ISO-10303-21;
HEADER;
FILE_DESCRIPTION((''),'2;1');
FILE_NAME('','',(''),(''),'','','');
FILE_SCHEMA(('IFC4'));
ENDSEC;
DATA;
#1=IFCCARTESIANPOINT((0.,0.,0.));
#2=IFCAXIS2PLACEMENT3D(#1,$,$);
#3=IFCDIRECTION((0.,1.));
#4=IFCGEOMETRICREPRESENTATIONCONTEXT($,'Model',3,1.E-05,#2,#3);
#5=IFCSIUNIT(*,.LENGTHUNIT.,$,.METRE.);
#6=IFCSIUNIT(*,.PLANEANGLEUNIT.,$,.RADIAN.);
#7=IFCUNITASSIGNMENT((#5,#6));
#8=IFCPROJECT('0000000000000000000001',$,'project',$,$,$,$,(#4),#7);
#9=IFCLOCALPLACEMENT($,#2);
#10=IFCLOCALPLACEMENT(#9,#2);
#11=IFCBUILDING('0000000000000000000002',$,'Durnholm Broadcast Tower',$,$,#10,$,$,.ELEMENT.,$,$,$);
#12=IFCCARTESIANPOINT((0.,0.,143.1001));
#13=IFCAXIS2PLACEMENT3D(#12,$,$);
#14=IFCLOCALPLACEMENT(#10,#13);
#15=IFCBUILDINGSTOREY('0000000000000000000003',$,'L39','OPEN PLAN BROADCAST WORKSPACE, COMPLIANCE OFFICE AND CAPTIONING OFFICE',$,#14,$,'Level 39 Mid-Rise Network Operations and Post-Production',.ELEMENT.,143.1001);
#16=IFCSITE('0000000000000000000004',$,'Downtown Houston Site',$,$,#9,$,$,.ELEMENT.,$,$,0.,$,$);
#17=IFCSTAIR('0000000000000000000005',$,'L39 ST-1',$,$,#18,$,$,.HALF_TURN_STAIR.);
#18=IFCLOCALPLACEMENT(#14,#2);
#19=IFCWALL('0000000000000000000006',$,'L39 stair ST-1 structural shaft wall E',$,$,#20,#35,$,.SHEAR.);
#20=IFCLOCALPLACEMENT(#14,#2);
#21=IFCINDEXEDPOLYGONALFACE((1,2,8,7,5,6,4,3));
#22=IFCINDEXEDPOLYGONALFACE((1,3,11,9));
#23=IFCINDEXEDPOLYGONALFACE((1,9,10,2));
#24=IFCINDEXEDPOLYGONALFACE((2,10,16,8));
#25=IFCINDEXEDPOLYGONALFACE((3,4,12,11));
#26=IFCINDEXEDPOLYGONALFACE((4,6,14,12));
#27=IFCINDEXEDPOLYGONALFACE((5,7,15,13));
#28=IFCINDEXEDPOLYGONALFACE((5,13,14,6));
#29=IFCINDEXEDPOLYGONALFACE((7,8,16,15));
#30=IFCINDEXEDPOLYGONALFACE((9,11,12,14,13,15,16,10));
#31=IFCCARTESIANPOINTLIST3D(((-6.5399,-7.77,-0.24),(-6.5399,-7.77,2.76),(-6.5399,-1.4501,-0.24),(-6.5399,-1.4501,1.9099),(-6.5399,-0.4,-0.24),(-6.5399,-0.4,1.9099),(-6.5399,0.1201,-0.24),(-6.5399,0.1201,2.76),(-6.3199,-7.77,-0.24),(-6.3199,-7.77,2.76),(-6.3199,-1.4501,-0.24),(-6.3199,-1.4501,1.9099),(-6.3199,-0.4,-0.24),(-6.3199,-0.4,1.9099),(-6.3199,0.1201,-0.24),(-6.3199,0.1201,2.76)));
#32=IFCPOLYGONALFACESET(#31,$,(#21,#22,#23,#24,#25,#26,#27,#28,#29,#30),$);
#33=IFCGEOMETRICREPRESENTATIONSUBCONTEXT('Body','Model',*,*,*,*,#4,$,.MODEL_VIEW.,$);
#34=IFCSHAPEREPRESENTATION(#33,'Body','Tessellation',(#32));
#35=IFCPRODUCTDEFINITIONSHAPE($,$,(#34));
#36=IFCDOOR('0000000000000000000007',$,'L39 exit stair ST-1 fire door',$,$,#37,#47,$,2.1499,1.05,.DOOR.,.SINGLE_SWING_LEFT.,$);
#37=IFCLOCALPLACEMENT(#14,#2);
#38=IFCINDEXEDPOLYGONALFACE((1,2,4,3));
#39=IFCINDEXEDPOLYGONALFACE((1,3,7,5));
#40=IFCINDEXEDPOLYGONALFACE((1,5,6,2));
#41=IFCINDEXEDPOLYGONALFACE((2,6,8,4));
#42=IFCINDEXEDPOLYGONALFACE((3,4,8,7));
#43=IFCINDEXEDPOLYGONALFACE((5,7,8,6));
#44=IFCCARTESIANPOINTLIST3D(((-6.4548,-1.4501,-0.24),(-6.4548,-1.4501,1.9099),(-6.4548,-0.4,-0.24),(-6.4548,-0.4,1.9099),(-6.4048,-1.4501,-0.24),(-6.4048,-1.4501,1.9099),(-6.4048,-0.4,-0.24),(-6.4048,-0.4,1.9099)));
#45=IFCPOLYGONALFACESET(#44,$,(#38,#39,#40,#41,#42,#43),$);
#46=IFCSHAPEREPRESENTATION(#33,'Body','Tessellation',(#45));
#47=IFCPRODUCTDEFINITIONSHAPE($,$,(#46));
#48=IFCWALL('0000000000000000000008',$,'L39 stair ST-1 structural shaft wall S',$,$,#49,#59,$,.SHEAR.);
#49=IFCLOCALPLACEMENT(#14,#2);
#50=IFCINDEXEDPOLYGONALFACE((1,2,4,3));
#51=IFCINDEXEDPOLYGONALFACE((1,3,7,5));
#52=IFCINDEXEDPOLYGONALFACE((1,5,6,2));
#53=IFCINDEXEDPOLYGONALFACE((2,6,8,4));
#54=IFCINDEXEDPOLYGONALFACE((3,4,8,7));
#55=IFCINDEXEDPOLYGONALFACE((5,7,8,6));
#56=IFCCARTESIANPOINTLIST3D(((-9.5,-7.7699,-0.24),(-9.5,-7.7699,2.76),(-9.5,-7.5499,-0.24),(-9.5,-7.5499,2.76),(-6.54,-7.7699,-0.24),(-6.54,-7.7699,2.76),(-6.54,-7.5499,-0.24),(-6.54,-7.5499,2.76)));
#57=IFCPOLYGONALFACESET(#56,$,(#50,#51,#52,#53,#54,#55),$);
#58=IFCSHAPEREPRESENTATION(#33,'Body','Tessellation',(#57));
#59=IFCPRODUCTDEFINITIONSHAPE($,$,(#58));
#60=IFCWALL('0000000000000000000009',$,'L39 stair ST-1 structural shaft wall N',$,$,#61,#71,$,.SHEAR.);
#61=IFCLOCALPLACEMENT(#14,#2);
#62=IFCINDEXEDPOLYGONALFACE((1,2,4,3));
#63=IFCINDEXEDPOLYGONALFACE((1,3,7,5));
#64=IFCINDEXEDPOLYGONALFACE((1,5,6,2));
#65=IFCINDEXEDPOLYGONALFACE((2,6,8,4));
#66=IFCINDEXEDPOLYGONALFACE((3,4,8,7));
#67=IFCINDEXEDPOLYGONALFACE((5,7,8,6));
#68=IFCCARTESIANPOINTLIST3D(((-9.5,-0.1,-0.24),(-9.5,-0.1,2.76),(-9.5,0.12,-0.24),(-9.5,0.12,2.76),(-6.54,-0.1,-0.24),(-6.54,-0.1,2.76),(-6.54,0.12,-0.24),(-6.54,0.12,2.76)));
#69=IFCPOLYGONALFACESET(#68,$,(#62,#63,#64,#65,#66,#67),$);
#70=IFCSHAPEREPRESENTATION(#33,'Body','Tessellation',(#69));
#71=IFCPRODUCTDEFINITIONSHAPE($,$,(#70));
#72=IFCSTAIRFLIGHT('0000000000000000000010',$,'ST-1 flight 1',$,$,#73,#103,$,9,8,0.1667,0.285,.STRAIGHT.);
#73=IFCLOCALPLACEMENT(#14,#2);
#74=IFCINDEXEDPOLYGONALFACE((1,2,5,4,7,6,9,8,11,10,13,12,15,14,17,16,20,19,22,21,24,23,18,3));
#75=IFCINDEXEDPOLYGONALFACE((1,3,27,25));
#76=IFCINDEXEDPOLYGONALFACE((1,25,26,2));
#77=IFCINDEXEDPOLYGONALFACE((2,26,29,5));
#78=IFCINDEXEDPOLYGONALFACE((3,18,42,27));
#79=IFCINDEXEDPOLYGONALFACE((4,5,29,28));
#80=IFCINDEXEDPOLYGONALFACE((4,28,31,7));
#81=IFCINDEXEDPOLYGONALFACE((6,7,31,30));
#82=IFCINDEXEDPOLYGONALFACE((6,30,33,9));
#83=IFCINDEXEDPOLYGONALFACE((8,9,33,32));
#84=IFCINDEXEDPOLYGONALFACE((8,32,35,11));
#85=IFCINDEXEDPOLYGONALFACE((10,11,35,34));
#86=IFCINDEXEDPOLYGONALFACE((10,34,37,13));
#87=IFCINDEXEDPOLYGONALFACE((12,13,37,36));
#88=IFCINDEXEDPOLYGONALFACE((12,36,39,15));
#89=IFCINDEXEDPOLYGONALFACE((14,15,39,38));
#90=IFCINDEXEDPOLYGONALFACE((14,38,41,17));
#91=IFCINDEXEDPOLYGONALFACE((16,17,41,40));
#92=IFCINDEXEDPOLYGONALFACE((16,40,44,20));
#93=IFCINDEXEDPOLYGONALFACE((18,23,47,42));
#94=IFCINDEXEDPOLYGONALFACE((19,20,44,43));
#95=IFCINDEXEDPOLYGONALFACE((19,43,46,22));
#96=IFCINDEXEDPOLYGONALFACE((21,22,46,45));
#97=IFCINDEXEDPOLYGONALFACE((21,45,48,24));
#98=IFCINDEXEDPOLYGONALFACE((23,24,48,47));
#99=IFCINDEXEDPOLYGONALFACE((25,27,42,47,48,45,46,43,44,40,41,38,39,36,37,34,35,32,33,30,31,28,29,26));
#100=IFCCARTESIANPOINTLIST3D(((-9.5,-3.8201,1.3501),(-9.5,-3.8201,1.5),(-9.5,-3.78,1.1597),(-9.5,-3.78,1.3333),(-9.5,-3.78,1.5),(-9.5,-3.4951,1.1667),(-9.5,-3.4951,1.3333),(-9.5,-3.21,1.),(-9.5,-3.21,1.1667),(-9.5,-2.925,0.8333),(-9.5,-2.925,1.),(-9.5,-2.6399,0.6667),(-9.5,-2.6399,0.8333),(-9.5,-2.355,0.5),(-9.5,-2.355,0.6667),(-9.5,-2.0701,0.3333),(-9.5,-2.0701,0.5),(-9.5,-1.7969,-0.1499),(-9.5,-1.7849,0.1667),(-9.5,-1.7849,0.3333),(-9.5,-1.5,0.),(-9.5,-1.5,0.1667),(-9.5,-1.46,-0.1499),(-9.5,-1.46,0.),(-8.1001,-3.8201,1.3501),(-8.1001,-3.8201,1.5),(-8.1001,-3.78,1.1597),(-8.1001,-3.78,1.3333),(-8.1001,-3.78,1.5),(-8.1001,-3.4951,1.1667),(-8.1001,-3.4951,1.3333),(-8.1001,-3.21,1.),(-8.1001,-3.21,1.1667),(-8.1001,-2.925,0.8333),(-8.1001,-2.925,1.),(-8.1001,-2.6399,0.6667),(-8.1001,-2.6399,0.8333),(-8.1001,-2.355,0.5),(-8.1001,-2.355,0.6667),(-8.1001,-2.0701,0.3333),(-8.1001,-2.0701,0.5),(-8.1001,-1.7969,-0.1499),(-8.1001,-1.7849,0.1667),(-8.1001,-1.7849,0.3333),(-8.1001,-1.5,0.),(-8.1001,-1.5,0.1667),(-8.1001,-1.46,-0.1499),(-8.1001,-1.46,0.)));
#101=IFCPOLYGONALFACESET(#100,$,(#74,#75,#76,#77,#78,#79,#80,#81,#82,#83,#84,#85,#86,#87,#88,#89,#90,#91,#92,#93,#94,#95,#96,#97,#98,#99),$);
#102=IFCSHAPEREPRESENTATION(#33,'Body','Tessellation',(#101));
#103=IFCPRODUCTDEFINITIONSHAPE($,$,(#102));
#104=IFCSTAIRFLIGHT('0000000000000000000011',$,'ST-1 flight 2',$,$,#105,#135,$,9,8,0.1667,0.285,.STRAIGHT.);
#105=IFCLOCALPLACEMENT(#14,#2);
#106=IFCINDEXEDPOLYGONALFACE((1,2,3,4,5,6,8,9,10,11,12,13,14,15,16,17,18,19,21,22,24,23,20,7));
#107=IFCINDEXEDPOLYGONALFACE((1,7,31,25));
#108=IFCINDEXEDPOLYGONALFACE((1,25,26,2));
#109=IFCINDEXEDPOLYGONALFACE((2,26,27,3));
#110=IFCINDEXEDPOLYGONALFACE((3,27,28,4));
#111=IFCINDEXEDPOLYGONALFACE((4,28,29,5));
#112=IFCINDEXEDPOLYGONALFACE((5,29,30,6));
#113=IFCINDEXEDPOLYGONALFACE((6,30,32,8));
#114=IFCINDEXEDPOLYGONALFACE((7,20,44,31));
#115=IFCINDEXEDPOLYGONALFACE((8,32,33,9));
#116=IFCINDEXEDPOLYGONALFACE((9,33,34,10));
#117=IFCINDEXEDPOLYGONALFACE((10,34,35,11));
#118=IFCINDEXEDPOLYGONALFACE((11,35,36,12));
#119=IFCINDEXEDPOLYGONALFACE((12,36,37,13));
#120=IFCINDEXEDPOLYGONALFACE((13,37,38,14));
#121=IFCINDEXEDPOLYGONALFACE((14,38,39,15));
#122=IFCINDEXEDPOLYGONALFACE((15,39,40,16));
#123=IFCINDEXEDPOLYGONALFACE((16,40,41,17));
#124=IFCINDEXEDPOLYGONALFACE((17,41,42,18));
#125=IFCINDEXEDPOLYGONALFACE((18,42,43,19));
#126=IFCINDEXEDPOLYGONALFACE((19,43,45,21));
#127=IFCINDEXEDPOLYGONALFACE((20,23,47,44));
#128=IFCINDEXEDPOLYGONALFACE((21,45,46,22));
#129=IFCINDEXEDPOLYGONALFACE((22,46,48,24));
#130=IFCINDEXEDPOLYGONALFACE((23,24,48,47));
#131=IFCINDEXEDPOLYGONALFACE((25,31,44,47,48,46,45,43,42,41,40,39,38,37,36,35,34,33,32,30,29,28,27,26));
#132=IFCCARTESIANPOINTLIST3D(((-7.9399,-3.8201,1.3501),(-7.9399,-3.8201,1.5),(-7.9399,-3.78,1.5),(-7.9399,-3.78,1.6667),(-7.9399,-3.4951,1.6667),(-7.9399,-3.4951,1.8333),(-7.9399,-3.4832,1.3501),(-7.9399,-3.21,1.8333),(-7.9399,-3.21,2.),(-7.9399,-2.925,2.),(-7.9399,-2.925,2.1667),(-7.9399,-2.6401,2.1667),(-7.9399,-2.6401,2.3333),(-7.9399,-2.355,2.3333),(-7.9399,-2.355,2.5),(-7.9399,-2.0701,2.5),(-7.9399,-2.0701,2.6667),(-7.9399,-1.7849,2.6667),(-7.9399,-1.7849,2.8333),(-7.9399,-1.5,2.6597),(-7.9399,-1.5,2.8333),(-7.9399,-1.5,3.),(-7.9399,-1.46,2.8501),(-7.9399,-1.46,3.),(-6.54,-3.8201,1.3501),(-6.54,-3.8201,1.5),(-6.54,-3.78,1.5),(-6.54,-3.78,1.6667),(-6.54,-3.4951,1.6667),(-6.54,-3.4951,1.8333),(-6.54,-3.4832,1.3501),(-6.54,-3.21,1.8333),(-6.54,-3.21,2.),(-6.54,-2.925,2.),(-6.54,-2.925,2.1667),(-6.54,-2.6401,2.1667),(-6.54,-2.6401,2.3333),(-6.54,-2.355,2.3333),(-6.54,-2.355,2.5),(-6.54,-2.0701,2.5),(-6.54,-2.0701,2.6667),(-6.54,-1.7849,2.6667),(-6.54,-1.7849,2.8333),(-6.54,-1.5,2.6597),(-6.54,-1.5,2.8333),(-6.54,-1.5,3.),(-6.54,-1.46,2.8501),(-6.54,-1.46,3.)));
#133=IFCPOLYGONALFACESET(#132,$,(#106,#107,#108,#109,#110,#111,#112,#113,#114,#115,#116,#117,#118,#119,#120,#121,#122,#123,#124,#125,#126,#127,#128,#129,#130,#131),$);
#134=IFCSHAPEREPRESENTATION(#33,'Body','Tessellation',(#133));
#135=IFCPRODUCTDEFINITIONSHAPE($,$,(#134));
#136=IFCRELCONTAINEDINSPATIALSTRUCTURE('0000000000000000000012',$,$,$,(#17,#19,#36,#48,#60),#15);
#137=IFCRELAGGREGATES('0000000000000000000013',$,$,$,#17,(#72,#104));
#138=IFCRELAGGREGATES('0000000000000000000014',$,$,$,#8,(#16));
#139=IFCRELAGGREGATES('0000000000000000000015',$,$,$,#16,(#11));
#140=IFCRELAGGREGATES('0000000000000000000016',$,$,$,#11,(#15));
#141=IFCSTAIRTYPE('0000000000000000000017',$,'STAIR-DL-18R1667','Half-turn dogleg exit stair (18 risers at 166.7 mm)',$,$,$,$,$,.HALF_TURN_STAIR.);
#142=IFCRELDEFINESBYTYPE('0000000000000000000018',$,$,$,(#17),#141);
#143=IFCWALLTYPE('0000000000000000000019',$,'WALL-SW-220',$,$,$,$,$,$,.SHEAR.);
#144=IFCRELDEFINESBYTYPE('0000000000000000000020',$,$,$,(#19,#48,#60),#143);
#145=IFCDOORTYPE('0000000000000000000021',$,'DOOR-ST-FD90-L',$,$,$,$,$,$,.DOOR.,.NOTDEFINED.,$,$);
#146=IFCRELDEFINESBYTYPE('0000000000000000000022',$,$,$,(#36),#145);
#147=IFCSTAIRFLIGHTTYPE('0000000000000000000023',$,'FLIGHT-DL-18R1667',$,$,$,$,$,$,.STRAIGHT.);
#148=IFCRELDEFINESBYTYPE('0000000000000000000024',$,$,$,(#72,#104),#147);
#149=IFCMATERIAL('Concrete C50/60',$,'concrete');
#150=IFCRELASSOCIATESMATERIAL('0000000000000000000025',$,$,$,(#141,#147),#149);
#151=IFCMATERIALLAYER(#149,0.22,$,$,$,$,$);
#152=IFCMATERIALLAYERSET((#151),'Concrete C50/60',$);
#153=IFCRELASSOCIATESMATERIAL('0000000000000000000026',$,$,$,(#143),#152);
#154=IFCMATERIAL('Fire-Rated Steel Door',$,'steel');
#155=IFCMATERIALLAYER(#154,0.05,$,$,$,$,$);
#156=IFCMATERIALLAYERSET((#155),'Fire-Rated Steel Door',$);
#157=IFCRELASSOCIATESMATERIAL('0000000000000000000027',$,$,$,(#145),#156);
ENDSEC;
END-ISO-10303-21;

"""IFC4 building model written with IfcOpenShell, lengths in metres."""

from ifc_helpers import new_model, si_unit, direction, frame, frame_2d, origin, place, context, subcontext, project, spatial, polyline, rectangle, outline, extrude, source, transform, mapped, material, layer, layer_set, type_object, type_shapes, element, fill, aggregate, save


model = new_model("IFC4")

# Units and contexts
model_context = context("Model", 3, precision=1e-05, world=origin(), true_north=direction((0.0, 1.0)))
body_context = subcontext(model_context, "Body", "Model", "MODEL_VIEW")
ifc_project = project(units=[si_unit("LENGTHUNIT", "METRE"), si_unit("PLANEANGLEUNIT", "RADIAN")], contexts=[model_context])

# Site, building, storey
site_placement = place(None, origin())
site = spatial("IfcSite", under=ifc_project, at=site_placement, Name="Downtown Houston Site", CompositionType="ELEMENT", RefElevation=0.0)
building_placement = place(site_placement, origin())
building = spatial("IfcBuilding", under=site, at=building_placement, Name="Durnholm Broadcast Tower", CompositionType="ELEMENT")
storey_placement = place(building_placement, frame((0.0, 0.0, 143.1001)))
storey = spatial("IfcBuildingStorey", under=building, at=storey_placement, Name="L39", Description="OPEN PLAN BROADCAST WORKSPACE, COMPLIANCE OFFICE AND CAPTIONING OFFICE", LongName="Level 39 Mid-Rise Network Operations and Post-Production", CompositionType="ELEMENT", Elevation=143.1001)

# Shared definitions
ifc_material_1 = material(Name="Concrete C50/60", Category="concrete")

# Stair
stair_type = type_object("IfcStairType", Name="STAIR-DL-18R1667", Description="Half-turn dogleg exit stair (18 risers at 166.7 mm)", PredefinedType="HALF_TURN_STAIR", material=ifc_material_1)
stair_1_placement = place(storey_placement, origin())
stair_1 = element("IfcStair", 1, at=stair_1_placement, inside=storey, type_object=stair_type, Name="L39 ST-1", PredefinedType="HALF_TURN_STAIR")

# Wall, opening, door
ifc_layer_1 = layer(ifc_material_1, 0.22)
ifc_layer_set_1 = layer_set([ifc_layer_1], Name="Concrete C50/60")
wall_type_1 = type_object("IfcWallType", Name="WALL-SW-220", PredefinedType="SHEAR", material=ifc_layer_set_1)
wall_1_placement = place(storey_placement, frame((-6.4299, -7.77, -0.24), z_axis=(0.0, 0.0, 1.0), x_axis=(0.0, 1.0, 0.0)))
wall_1 = element("IfcWall", 2, at=wall_1_placement, inside=storey, type_object=wall_type_1, Name="L39 stair ST-1 structural shaft wall E", PredefinedType="SHEAR", context=body_context, shape_type="SweptSolid", body=[
    extrude(rectangle(XDim=7.8901, YDim=0.22, at=frame_2d((3.9451, 0.0))), origin(), (0.0, 0.0, 1.0), 3.0),
])
opening_1_placement = place(wall_1_placement, frame((6.3201, 0.0, 0.0)))
opening_1 = element("IfcOpeningElement", 3, at=opening_1_placement, cuts=wall_1, PredefinedType="OPENING", context=body_context, shape_type="SweptSolid", body=[
    extrude(rectangle(XDim=1.05, YDim=2.1499, at=frame_2d((0.5249, 1.075))), frame((0.0, 0.1201, 0.0), z_axis=(0.0, -1.0, 0.0), x_axis=(1.0, 0.0, 0.0)), (0.0, 0.0, 1.0), 0.24),
])
ifc_material_2 = material(Name="Fire-Rated Steel Door", Category="steel")
ifc_layer_2 = layer(ifc_material_2, 0.05)
ifc_layer_set_2 = layer_set([ifc_layer_2], Name="Fire-Rated Steel Door")
door_type_1 = type_object("IfcDoorType", Name="DOOR-ST-FD90-L", OperationType="NOTDEFINED", PredefinedType="DOOR", material=ifc_layer_set_2)
shared_shape_1 = source(origin(), body_context, "Body", "SweptSolid", [
    extrude(rectangle(XDim=1.05, YDim=2.1499, at=frame_2d((0.5249, 1.075))), frame((0.0, 0.0249, 0.0), z_axis=(0.0, -1.0, 0.0), x_axis=(1.0, 0.0, 0.0)), (0.0, 0.0, 1.0), 0.05),
])
type_shapes(door_type_1, [shared_shape_1])
door_1_placement = place(opening_1_placement, origin())
door_1 = element("IfcDoor", 4, at=door_1_placement, inside=storey, type_object=door_type_1, Name="L39 exit stair ST-1 fire door", OperationType="SINGLE_SWING_LEFT", OverallHeight=2.1499, OverallWidth=1.05, PredefinedType="DOOR", context=body_context, shape_type="MappedRepresentation", body=[
    mapped(shared_shape_1, transform((0.0, 0.0, 0.0), x_axis=(1.0, 0.0, 0.0), y_axis=(0.0, 1.0, 0.0), z_axis=(0.0, 0.0, 1.0), scale=1.0)),
])
fill(opening_1, door_1)

# Walls
for number, where, z_axis, x_axis, name in (
    (5, (-9.5, -7.6599, -0.24), (0.0, 0.0, 1.0), (1.0, 0.0, 0.0), "L39 stair ST-1 structural shaft wall S"),
    (6, (-6.54, 0.01, -0.24), (0.0, 0.0, 1.0), (-1.0, 0.0, 0.0), "L39 stair ST-1 structural shaft wall N"),
):
    element("IfcWall", number, at=place(storey_placement, frame(where, z_axis=z_axis, x_axis=x_axis)), inside=storey, type_object=wall_type_1, Name=name, PredefinedType="SHEAR", context=body_context, shape_type="SweptSolid", body=[
        extrude(rectangle(XDim=2.96, YDim=0.22, at=frame_2d((1.48, 0.0))), origin(), (0.0, 0.0, 1.0), 3.0),
    ])

# Stair flights
stair_flight_type = type_object("IfcStairFlightType", Name="FLIGHT-DL-18R1667", PredefinedType="STRAIGHT", material=ifc_material_1)
stair_flight_1_placement = place(storey_placement, frame((-8.8, -1.5, 0.0), z_axis=(0.0, 0.0, 1.0), x_axis=(0.0, -1.0, 0.0)))
stair_flight_1 = element("IfcStairFlight", 7, at=stair_flight_1_placement, type_object=stair_flight_type, Name="ST-1 flight 1", NumberOfRisers=9, NumberOfTreads=8, PredefinedType="STRAIGHT", RiserHeight=0.1667, TreadLength=0.285, context=body_context, shape_type="SweptSolid", body=[
    extrude(outline(polyline([(-0.04, -0.1499), (-0.04, 0.0), (0.0, 0.0), (0.0, 0.1667), (0.2849, 0.1667), (0.2849, 0.3333), (0.5701, 0.3333), (0.5701, 0.5), (0.855, 0.5), (0.855, 0.6667), (1.1399, 0.6667), (1.1399, 0.8333), (1.425, 0.8333), (1.425, 1.0), (1.71, 1.0), (1.71, 1.1667), (1.9951, 1.1667), (1.9951, 1.3333), (2.28, 1.3333), (2.28, 1.5), (2.3201, 1.5), (2.3201, 1.3501), (2.28, 1.1597), (0.2969, -0.1499), (-0.04, -0.1499)])), frame((0.0, 0.7, 0.0), z_axis=(0.0, -1.0, 0.0), x_axis=(1.0, 0.0, 0.0)), (0.0, 0.0, 1.0), 1.3999),
])
stair_flight_2_placement = place(storey_placement, frame((-7.24, -3.78, 1.5), z_axis=(0.0, 0.0, 1.0), x_axis=(0.0, 1.0, 0.0)))
stair_flight_2 = element("IfcStairFlight", 8, at=stair_flight_2_placement, type_object=stair_flight_type, Name="ST-1 flight 2", NumberOfRisers=9, NumberOfTreads=8, PredefinedType="STRAIGHT", RiserHeight=0.1667, TreadLength=0.285, context=body_context, shape_type="SweptSolid", body=[
    extrude(outline(polyline([(-0.04, -0.1499), (-0.04, 0.0), (0.0, 0.0), (0.0, 0.1667), (0.2849, 0.1667), (0.2849, 0.3333), (0.5701, 0.3333), (0.5701, 0.5), (0.855, 0.5), (0.855, 0.6667), (1.1399, 0.6667), (1.1399, 0.8333), (1.425, 0.8333), (1.425, 1.0), (1.71, 1.0), (1.71, 1.1667), (1.9951, 1.1667), (1.9951, 1.3333), (2.28, 1.3333), (2.28, 1.5), (2.3201, 1.5), (2.3201, 1.3501), (2.28, 1.1597), (0.2969, -0.1499), (-0.04, -0.1499)])), frame((0.0, 0.7, 0.0), z_axis=(0.0, -1.0, 0.0), x_axis=(1.0, 0.0, 0.0)), (0.0, 0.0, 1.0), 1.3999),
])
aggregate(stair_1, [stair_flight_1, stair_flight_2])

save(model, "model.ifc")
